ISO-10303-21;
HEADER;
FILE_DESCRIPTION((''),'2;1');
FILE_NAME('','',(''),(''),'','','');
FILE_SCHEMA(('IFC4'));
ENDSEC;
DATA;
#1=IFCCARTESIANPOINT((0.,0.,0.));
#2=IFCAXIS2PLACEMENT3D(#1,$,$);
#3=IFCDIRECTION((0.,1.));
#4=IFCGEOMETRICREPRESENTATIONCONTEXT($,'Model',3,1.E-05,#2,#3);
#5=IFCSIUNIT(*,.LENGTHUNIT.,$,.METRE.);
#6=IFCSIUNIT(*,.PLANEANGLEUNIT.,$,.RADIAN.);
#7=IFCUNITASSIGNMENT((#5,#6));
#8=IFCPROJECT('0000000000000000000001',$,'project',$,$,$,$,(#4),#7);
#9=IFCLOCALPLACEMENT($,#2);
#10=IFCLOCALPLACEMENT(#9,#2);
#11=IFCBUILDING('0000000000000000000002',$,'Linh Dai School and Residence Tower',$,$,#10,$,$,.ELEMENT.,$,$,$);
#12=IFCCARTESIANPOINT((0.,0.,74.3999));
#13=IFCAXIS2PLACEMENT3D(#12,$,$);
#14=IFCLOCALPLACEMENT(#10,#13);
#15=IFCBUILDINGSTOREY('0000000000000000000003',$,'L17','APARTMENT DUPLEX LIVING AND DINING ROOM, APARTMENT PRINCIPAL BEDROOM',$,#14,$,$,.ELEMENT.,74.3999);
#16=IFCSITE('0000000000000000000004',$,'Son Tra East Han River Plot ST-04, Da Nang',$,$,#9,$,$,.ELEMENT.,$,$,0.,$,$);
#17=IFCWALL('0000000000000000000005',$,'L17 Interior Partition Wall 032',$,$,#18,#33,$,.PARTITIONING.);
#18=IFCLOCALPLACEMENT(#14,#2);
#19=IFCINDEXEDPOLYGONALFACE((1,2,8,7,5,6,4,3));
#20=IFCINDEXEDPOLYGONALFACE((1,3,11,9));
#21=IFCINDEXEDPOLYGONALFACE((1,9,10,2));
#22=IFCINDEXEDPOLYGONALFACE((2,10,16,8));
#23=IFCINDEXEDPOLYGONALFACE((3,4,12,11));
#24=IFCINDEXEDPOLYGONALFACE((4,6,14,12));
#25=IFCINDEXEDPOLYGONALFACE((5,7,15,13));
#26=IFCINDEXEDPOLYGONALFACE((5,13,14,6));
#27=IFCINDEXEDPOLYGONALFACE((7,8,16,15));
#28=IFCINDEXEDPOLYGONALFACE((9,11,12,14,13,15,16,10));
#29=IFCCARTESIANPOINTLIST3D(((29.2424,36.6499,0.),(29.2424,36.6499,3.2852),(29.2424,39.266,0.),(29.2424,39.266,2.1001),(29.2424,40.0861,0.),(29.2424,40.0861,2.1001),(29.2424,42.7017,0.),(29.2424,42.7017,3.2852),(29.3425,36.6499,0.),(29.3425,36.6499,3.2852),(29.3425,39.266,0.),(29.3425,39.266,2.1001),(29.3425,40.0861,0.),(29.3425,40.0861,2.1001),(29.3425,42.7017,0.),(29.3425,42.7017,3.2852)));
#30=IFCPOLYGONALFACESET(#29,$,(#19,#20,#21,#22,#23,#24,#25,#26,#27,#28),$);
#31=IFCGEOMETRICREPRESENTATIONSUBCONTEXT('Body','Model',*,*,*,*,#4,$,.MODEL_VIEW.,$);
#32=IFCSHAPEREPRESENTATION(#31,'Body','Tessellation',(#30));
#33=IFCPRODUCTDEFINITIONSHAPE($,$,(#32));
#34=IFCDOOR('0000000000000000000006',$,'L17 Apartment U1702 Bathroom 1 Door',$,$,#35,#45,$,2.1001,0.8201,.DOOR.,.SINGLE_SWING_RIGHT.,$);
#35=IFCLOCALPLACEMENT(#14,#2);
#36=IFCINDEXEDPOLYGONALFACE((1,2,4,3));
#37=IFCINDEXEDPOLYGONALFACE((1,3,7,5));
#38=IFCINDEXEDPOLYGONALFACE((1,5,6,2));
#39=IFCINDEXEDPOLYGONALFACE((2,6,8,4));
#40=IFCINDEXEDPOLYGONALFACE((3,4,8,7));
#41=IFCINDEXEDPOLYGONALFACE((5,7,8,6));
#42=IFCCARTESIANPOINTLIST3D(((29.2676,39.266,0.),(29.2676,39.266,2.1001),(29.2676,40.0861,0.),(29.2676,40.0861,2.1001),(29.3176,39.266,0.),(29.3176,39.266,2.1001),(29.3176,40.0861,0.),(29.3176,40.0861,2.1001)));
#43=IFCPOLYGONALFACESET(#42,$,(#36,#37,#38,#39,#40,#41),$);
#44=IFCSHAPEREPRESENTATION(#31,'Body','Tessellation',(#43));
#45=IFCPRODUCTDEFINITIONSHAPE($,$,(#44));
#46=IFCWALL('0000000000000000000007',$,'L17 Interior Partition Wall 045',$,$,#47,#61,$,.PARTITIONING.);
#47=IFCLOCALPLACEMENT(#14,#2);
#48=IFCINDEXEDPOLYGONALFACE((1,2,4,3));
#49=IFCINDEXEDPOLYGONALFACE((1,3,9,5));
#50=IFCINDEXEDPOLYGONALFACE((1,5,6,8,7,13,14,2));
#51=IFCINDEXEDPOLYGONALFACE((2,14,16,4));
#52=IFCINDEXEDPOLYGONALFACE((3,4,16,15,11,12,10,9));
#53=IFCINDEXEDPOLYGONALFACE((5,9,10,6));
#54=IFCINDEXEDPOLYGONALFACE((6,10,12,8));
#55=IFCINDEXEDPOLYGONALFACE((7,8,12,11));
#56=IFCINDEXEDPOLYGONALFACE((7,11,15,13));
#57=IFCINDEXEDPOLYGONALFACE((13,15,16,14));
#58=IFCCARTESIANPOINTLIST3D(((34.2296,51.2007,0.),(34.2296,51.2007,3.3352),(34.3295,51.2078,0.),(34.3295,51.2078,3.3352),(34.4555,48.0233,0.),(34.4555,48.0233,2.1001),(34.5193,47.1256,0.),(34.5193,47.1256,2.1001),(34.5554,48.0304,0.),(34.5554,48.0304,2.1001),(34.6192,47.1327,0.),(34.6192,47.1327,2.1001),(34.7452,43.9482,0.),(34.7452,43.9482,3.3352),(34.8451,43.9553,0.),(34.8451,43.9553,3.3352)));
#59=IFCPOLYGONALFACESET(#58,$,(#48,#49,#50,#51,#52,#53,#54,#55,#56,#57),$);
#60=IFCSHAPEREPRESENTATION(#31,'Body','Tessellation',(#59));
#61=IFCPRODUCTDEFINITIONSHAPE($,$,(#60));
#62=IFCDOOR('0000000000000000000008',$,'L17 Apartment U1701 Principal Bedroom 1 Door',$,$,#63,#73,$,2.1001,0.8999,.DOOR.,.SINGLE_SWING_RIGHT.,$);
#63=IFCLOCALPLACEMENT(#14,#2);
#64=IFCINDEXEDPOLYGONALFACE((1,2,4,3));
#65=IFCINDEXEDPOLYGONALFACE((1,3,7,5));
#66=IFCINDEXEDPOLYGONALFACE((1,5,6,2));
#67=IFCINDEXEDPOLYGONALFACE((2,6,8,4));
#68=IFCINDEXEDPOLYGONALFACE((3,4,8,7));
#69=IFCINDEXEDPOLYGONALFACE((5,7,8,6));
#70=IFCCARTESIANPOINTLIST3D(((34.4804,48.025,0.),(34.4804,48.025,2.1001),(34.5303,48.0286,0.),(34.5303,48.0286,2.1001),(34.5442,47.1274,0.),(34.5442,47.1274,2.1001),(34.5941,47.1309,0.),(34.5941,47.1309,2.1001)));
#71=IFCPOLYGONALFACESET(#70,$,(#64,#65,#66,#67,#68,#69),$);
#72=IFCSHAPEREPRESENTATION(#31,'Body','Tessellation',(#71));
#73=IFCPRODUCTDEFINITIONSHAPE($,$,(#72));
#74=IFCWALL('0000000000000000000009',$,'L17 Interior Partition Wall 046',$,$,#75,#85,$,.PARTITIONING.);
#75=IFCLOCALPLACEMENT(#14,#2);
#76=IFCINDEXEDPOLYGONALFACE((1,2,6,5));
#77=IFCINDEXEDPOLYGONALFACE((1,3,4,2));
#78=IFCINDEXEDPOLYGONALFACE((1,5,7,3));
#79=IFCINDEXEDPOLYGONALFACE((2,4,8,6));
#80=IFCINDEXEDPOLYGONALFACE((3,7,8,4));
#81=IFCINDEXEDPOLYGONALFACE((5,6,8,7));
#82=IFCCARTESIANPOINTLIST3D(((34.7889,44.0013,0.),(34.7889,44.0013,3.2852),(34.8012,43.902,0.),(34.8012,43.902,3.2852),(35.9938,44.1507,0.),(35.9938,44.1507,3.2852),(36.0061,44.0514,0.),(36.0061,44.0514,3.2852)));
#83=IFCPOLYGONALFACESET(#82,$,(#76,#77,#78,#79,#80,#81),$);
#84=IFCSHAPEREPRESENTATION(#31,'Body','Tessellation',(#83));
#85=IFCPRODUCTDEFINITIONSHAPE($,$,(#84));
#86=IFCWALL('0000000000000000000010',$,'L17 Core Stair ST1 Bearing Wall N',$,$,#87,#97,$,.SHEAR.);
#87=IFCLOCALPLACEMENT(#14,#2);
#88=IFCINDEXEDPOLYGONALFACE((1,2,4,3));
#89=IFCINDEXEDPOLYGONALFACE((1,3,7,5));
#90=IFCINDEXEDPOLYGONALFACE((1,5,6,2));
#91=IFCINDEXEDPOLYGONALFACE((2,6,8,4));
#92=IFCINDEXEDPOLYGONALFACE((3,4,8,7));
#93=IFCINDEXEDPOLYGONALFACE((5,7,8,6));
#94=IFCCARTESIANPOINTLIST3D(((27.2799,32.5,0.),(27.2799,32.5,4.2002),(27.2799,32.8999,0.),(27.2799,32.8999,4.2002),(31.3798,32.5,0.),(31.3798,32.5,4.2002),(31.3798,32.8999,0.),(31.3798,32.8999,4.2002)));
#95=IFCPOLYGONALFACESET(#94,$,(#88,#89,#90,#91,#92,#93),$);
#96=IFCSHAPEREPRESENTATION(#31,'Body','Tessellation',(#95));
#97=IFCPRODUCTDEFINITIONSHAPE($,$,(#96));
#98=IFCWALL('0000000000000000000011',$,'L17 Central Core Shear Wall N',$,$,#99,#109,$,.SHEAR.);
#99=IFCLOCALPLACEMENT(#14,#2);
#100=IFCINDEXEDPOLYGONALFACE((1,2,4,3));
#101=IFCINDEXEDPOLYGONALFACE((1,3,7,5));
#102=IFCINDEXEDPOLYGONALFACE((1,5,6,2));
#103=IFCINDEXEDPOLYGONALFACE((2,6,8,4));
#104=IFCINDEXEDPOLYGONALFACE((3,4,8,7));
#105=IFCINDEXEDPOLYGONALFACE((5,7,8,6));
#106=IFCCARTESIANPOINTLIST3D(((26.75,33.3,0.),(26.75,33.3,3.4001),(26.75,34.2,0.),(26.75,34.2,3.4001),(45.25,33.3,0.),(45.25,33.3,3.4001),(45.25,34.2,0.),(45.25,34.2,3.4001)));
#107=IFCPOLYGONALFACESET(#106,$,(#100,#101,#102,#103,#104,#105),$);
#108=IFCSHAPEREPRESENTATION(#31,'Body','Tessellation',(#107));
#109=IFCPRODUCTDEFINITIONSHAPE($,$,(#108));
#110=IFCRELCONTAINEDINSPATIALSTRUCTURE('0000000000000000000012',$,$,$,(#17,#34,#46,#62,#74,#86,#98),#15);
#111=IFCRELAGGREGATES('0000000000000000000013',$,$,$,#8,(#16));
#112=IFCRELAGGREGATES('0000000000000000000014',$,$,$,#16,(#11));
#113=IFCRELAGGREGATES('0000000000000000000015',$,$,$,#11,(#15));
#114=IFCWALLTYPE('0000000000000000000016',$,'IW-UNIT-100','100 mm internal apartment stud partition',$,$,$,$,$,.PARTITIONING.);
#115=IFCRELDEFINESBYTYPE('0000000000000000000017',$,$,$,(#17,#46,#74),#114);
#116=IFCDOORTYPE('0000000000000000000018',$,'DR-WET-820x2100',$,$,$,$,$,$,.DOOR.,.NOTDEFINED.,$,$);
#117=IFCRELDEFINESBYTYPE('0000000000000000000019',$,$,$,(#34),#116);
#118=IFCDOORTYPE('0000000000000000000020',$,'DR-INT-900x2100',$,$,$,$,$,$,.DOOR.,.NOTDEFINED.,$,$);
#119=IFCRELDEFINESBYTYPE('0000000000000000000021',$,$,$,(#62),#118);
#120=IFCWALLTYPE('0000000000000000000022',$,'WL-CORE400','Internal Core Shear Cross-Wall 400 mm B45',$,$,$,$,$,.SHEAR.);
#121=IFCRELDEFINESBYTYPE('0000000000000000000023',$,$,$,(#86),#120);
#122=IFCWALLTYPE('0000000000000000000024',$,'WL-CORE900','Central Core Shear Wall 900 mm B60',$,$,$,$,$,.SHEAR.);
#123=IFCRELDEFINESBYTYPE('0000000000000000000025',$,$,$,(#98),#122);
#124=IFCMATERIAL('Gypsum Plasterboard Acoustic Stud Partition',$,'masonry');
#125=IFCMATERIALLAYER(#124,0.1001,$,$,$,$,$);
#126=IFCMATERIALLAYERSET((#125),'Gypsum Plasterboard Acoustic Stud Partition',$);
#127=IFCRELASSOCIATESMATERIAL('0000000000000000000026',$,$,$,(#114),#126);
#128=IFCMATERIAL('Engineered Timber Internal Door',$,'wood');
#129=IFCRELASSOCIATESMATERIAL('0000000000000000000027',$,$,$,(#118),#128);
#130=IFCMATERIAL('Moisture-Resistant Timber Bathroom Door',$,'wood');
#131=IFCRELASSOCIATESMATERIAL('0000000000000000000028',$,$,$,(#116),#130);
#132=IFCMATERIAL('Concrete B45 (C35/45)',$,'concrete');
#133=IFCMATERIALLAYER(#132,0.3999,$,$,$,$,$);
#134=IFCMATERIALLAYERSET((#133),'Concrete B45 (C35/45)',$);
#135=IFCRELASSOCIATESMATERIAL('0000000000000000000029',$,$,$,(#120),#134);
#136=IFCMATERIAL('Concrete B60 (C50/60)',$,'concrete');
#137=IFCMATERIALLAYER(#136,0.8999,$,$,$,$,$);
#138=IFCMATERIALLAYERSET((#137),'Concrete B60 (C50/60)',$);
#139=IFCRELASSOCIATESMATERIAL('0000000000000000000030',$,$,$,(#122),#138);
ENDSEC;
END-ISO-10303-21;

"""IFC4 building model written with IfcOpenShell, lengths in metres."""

from ifc_helpers import new_model, si_unit, direction, frame, frame_2d, origin, origin_2d, place, context, subcontext, project, spatial, rectangle, extrude, source, transform, mapped, material, layer, layer_set, type_object, element, fill, save


model = new_model("IFC4")

# Units and contexts
model_context = context("Model", 3, precision=1e-05, world=origin(), true_north=direction((0.0, 1.0)))
body_context = subcontext(model_context, "Body", "Model", "MODEL_VIEW")
ifc_project = project(units=[si_unit("LENGTHUNIT", "METRE"), si_unit("PLANEANGLEUNIT", "RADIAN")], contexts=[model_context])

# Site, building, storey
site_placement = place(None, origin())
site = spatial("IfcSite", under=ifc_project, at=site_placement, Name="Son Tra East Han River Plot ST-04, Da Nang", CompositionType="ELEMENT", RefElevation=0.0)
building_placement = place(site_placement, origin())
building = spatial("IfcBuilding", under=site, at=building_placement, Name="Linh Dai School and Residence Tower", CompositionType="ELEMENT")
storey_placement = place(building_placement, frame((0.0, 0.0, 74.3999)))
storey = spatial("IfcBuildingStorey", under=building, at=storey_placement, Name="L17", Description="APARTMENT DUPLEX LIVING AND DINING ROOM, APARTMENT PRINCIPAL BEDROOM", CompositionType="ELEMENT", Elevation=74.3999)

# Walls, openings, doors
ifc_material_1 = material(Name="Gypsum Plasterboard Acoustic Stud Partition", Category="masonry")
ifc_layer_1 = layer(ifc_material_1, 0.1001)
ifc_layer_set_1 = layer_set([ifc_layer_1], Name="Gypsum Plasterboard Acoustic Stud Partition")
wall_type_1 = type_object("IfcWallType", Name="IW-UNIT-100", Description="100 mm internal apartment stud partition", PredefinedType="PARTITIONING", material=ifc_layer_set_1)
ifc_material_2 = material(Name="Engineered Timber Internal Door", Category="wood")
door_type_1 = type_object("IfcDoorType", Name="DR-INT-900x2100", OperationType="NOTDEFINED", PredefinedType="DOOR", material=ifc_material_2)
shared_shape_1 = source(origin(), body_context, "Body", "SweptSolid", [
    extrude(rectangle(XDim=0.8999, YDim=2.1001, at=origin_2d()), frame((0.45, 0.0249, 1.05), z_axis=(0.0, -1.0, 0.0), x_axis=(1.0, 0.0, 0.0)), (0.0, 0.0, 1.0), 0.05),
])
wall_1_placement = place(storey_placement, frame((29.2925, 36.6499, 0.0), z_axis=(0.0, 0.0, 1.0), x_axis=(0.0, 1.0, 0.0)))
wall_1 = element("IfcWall", 1, at=wall_1_placement, inside=storey, type_object=wall_type_1, Name="L17 Interior Partition Wall 032", PredefinedType="PARTITIONING", context=body_context, shape_type="SweptSolid", body=[
    extrude(rectangle(XDim=6.0518, YDim=0.1001, at=frame_2d((3.0259, 0.0))), origin(), (0.0, 0.0, 1.0), 3.2852),
])
opening_1_placement = place(wall_1_placement, frame((2.616, 0.0, 0.0)))
opening_1 = element("IfcOpeningElement", 2, at=opening_1_placement, cuts=wall_1, PredefinedType="OPENING", context=body_context, shape_type="SweptSolid", body=[
    extrude(rectangle(XDim=0.8201, YDim=2.1001, at=origin_2d()), frame((0.4102, 0.0601, 1.05), z_axis=(0.0, -1.0, 0.0), x_axis=(1.0, 0.0, 0.0)), (0.0, 0.0, 1.0), 0.1201),
])
ifc_material_3 = material(Name="Moisture-Resistant Timber Bathroom Door", Category="wood")
door_type_2 = type_object("IfcDoorType", Name="DR-WET-820x2100", OperationType="NOTDEFINED", PredefinedType="DOOR", material=ifc_material_3)
shared_shape_2 = source(origin(), body_context, "Body", "SweptSolid", [
    extrude(rectangle(XDim=0.8201, YDim=2.1001, at=origin_2d()), frame((0.4102, 0.0249, 1.05), z_axis=(0.0, -1.0, 0.0), x_axis=(1.0, 0.0, 0.0)), (0.0, 0.0, 1.0), 0.05),
])
door_1_placement = place(opening_1_placement, origin())
door_1 = element("IfcDoor", 3, at=door_1_placement, inside=storey, type_object=door_type_2, Name="L17 Apartment U1702 Bathroom 1 Door", OperationType="SINGLE_SWING_RIGHT", OverallHeight=2.1001, OverallWidth=0.8201, PredefinedType="DOOR", context=body_context, shape_type="MappedRepresentation", body=[
    mapped(shared_shape_2, transform((0.0, 0.0, 0.0), x_axis=(1.0, 0.0, 0.0), y_axis=(0.0, 1.0, 0.0), z_axis=(0.0, 0.0, 1.0), scale=1.0)),
])
fill(opening_1, door_1)
wall_2_placement = place(storey_placement, frame((34.2795, 51.2041, 0.0), z_axis=(0.0, 0.0, 1.0), x_axis=(0.070918, -0.997482, 0.0)))
wall_2 = element("IfcWall", 4, at=wall_2_placement, inside=storey, type_object=wall_type_1, Name="L17 Interior Partition Wall 045", PredefinedType="PARTITIONING", context=body_context, shape_type="SweptSolid", body=[
    extrude(rectangle(XDim=7.2708, YDim=0.1001, at=frame_2d((3.6353, 0.0))), origin(), (0.0, 0.0, 1.0), 3.3352),
])
opening_2_placement = place(wall_2_placement, frame((3.1853, 0.0, 0.0)))
opening_2 = element("IfcOpeningElement", 5, at=opening_2_placement, cuts=wall_2, PredefinedType="OPENING", context=body_context, shape_type="SweptSolid", body=[
    extrude(rectangle(XDim=0.8999, YDim=2.1001, at=origin_2d()), frame((0.45, 0.0601, 1.05), z_axis=(0.0, -1.0, 0.0), x_axis=(1.0, 0.0, 0.0)), (0.0, 0.0, 1.0), 0.1201),
])
door_2_placement = place(opening_2_placement, origin())
door_2 = element("IfcDoor", 6, at=door_2_placement, inside=storey, type_object=door_type_1, Name="L17 Apartment U1701 Principal Bedroom 1 Door", OperationType="SINGLE_SWING_RIGHT", OverallHeight=2.1001, OverallWidth=0.8999, PredefinedType="DOOR", context=body_context, shape_type="MappedRepresentation", body=[
    mapped(shared_shape_1, transform((0.0, 0.0, 0.0), x_axis=(1.0, 0.0, 0.0), y_axis=(0.0, 1.0, 0.0), z_axis=(0.0, 0.0, 1.0), scale=1.0)),
])
fill(opening_2, door_2)

# Walls
wall_3_placement = place(storey_placement, frame((34.7952, 43.9517, 0.0), z_axis=(0.0, 0.0, 1.0), x_axis=(0.992398, 0.123069, 0.0)))
element("IfcWall", 7, at=wall_3_placement, inside=storey, type_object=wall_type_1, Name="L17 Interior Partition Wall 046", PredefinedType="PARTITIONING", context=body_context, shape_type="SweptSolid", body=[
    extrude(rectangle(XDim=1.2141, YDim=0.1001, at=frame_2d((0.6069, 0.0))), origin(), (0.0, 0.0, 1.0), 3.2852),
])
ifc_material_4 = material(Name="Concrete B45 (C35/45)", Category="concrete")
ifc_layer_2 = layer(ifc_material_4, 0.3999)
ifc_layer_set_2 = layer_set([ifc_layer_2], Name="Concrete B45 (C35/45)")
wall_type_2 = type_object("IfcWallType", Name="WL-CORE400", Description="Internal Core Shear Cross-Wall 400 mm B45", PredefinedType="SHEAR", material=ifc_layer_set_2)
wall_4_placement = place(storey_placement, frame((27.28, 32.7, 0.0), z_axis=(0.0, 0.0, 1.0), x_axis=(1.0, 0.0, 0.0)))
element("IfcWall", 8, at=wall_4_placement, inside=storey, type_object=wall_type_2, Name="L17 Core Stair ST1 Bearing Wall N", PredefinedType="SHEAR", context=body_context, shape_type="SweptSolid", body=[
    extrude(rectangle(XDim=4.0999, YDim=0.3999, at=frame_2d((2.0498, 0.0))), origin(), (0.0, 0.0, 1.0), 4.2002),
])
ifc_material_5 = material(Name="Concrete B60 (C50/60)", Category="concrete")
ifc_layer_3 = layer(ifc_material_5, 0.8999)
ifc_layer_set_3 = layer_set([ifc_layer_3], Name="Concrete B60 (C50/60)")
wall_type_3 = type_object("IfcWallType", Name="WL-CORE900", Description="Central Core Shear Wall 900 mm B60", PredefinedType="SHEAR", material=ifc_layer_set_3)
wall_5_placement = place(storey_placement, frame((26.75, 33.75, 0.0), z_axis=(0.0, 0.0, 1.0), x_axis=(1.0, 0.0, 0.0)))
element("IfcWall", 9, at=wall_5_placement, inside=storey, type_object=wall_type_3, Name="L17 Central Core Shear Wall N", PredefinedType="SHEAR", context=body_context, shape_type="SweptSolid", body=[
    extrude(rectangle(XDim=18.5, YDim=0.8999, at=frame_2d((9.25, 0.0))), origin(), (0.0, 0.0, 1.0), 3.4001),
])

save(model, "model.ifc")
